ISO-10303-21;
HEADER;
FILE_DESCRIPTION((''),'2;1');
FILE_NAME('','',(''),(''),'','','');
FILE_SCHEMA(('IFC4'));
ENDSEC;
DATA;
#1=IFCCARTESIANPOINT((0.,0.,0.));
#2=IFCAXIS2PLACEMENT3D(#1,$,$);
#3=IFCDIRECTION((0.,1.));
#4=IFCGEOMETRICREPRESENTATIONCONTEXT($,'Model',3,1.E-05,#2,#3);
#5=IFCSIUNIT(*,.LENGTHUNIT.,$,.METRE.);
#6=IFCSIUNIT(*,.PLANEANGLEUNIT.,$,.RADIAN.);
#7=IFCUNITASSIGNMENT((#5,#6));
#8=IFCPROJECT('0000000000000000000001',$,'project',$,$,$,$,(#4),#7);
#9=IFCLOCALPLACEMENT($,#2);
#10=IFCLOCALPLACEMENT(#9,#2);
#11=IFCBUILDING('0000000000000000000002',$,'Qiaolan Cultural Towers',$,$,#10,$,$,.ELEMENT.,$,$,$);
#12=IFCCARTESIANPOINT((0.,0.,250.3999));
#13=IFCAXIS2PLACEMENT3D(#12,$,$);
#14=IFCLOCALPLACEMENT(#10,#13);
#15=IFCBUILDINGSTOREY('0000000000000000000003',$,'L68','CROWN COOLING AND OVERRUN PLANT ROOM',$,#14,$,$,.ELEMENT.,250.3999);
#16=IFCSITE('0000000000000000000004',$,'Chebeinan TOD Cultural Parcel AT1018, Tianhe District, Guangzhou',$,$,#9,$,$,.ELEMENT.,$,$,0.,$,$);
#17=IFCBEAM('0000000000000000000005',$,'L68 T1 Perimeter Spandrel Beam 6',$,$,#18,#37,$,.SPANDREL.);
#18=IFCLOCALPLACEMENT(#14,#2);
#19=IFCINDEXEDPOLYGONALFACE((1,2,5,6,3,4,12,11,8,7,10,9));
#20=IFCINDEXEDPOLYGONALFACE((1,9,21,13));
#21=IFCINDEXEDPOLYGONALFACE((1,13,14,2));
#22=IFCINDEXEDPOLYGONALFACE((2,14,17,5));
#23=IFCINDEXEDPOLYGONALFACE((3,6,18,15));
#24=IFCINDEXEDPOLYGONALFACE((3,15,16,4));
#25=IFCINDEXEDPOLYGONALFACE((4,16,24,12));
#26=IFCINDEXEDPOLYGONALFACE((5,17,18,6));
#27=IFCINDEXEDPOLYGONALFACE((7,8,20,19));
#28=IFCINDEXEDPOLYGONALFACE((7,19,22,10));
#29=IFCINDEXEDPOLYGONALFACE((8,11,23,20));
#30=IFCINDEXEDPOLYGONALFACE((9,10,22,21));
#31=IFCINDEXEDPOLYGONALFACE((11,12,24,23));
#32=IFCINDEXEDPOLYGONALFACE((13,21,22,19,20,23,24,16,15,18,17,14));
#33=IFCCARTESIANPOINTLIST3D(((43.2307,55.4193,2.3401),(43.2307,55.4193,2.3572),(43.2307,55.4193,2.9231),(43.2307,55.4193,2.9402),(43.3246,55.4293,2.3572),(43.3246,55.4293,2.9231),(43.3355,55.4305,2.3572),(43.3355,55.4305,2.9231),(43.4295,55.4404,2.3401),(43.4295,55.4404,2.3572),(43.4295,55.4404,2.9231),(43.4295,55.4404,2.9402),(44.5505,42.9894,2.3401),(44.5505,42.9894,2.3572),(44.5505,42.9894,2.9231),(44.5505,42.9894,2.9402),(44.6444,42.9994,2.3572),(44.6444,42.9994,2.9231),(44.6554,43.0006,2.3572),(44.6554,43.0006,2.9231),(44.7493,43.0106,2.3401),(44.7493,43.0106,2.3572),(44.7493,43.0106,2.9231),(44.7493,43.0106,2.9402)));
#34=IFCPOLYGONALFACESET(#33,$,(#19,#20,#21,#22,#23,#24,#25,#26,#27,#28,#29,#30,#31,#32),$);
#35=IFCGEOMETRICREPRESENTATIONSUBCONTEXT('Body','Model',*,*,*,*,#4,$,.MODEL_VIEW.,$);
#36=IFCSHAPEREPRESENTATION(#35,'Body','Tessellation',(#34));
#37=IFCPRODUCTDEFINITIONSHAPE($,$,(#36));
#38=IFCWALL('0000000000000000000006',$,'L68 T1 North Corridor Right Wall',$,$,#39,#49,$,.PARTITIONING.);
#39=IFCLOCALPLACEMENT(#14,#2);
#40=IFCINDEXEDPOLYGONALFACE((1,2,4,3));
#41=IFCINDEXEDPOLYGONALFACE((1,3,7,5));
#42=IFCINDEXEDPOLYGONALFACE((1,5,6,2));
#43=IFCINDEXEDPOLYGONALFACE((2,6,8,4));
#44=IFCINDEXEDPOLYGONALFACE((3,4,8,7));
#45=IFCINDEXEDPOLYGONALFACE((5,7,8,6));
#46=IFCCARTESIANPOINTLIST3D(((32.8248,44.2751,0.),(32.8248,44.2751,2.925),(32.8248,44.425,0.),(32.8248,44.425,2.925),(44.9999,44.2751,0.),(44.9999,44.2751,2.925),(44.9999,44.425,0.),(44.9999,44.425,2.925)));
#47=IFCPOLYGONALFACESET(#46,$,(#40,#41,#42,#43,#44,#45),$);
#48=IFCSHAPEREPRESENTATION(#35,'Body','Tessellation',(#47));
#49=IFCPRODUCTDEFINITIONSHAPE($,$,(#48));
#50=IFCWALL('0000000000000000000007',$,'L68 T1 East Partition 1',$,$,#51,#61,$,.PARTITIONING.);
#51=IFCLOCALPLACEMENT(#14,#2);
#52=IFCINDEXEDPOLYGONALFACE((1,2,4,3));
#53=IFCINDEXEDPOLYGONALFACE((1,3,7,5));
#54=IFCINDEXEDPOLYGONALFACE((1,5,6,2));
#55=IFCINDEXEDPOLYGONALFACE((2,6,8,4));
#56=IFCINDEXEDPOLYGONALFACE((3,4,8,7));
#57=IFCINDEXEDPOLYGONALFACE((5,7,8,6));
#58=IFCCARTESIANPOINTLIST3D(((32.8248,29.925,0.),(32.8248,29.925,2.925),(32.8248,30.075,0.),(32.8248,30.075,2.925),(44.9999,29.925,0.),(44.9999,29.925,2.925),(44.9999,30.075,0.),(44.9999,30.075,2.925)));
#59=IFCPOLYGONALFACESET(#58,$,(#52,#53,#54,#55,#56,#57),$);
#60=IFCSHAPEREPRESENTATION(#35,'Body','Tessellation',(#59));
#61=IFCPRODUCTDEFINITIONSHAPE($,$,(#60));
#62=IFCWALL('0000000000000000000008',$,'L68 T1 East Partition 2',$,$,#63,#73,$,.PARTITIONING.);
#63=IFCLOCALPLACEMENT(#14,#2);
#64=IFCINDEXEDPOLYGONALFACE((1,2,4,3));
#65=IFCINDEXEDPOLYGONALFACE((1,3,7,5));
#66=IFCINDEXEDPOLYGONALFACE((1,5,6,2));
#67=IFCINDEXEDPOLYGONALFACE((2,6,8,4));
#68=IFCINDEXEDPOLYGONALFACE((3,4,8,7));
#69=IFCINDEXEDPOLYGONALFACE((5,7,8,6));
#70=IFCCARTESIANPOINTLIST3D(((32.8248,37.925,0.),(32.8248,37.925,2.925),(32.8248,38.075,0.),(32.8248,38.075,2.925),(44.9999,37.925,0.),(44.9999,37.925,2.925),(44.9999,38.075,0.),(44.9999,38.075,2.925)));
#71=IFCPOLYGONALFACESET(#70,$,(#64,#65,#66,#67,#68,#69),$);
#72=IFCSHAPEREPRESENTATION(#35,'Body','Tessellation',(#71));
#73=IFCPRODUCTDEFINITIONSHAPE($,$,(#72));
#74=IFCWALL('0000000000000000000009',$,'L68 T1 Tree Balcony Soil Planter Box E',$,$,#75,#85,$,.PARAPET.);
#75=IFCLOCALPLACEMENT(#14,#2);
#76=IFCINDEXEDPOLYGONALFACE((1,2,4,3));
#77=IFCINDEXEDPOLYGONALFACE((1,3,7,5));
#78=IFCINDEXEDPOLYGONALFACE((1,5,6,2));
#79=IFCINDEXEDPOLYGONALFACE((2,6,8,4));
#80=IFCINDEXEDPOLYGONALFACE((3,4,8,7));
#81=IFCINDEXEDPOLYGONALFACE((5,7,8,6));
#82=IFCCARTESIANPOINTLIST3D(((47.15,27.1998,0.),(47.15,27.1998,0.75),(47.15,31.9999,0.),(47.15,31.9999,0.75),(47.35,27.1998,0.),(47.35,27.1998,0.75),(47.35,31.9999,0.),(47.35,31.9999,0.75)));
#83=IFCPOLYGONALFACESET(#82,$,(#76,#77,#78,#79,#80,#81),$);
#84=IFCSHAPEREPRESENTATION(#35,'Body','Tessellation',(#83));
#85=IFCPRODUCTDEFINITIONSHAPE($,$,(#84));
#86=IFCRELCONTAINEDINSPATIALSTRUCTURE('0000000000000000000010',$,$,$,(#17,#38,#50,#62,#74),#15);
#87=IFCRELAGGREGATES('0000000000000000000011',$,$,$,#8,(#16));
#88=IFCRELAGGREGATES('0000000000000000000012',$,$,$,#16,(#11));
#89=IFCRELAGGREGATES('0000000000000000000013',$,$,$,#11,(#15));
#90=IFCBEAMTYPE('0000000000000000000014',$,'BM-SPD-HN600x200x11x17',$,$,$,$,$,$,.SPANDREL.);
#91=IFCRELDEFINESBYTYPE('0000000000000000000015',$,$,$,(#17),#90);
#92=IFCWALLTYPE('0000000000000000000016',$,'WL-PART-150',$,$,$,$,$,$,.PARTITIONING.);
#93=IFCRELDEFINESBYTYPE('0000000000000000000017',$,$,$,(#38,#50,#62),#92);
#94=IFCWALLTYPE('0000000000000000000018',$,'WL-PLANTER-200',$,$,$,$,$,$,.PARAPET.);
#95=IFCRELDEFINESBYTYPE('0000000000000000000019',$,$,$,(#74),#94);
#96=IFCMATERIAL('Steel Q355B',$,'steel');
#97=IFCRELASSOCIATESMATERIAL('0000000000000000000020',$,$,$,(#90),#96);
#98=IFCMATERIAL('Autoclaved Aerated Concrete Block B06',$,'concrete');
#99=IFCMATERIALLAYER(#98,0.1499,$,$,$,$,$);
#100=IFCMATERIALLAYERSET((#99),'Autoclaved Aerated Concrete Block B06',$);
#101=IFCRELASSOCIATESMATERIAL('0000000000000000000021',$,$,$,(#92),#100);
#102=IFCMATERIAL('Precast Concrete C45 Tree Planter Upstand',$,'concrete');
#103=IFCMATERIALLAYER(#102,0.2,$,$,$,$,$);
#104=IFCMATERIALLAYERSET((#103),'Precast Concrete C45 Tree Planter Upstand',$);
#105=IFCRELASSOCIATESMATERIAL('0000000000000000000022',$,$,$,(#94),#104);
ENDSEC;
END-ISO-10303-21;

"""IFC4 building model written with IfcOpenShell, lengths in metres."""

from ifc_helpers import new_model, si_unit, direction, frame, frame_2d, origin, origin_2d, place, context, subcontext, project, spatial, rectangle, i_section, extrude, material, layer, layer_set, material_profile, profile_set, type_object, element, save


model = new_model("IFC4")

# Units and contexts
model_context = context("Model", 3, precision=1e-05, world=origin(), true_north=direction((0.0, 1.0)))
body_context = subcontext(model_context, "Body", "Model", "MODEL_VIEW")
ifc_project = project(units=[si_unit("LENGTHUNIT", "METRE"), si_unit("PLANEANGLEUNIT", "RADIAN")], contexts=[model_context])

# Site, building, storey
site_placement = place(None, origin())
site = spatial("IfcSite", under=ifc_project, at=site_placement, Name="Chebeinan TOD Cultural Parcel AT1018, Tianhe District, Guangzhou", CompositionType="ELEMENT", RefElevation=0.0)
building_placement = place(site_placement, origin())
building = spatial("IfcBuilding", under=site, at=building_placement, Name="Qiaolan Cultural Towers", CompositionType="ELEMENT")
storey_placement = place(building_placement, frame((0.0, 0.0, 250.3999)))
storey = spatial("IfcBuildingStorey", under=building, at=storey_placement, Name="L68", Description="CROWN COOLING AND OVERRUN PLANT ROOM", CompositionType="ELEMENT", Elevation=250.3999)

# Beam
ifc_material_1 = material(Name="Steel Q355B", Category="steel")
ifc_material_profile_1 = material_profile(ifc_material_1, i_section(OverallWidth=0.2, OverallDepth=0.6001, WebThickness=0.011, FlangeThickness=0.0171, at=origin_2d()), Name="HN600x200x11x17")
ifc_profile_set_1 = profile_set([ifc_material_profile_1], Name="Steel Q355B")
beam_type_1 = type_object("IfcBeamType", Name="BM-SPD-HN600x200x11x17", PredefinedType="SPANDREL", material=ifc_profile_set_1)
beam_1_placement = place(storey_placement, frame((44.6499, 43.0, 2.6401), z_axis=(-0.105588, 0.99441, 0.0), x_axis=(-0.99441, -0.105588, 0.0)))
element("IfcBeam", 1, at=beam_1_placement, inside=storey, type_object=beam_type_1, Name="L68 T1 Perimeter Spandrel Beam 6", PredefinedType="SPANDREL", context=body_context, shape_type="SweptSolid", body=[
    extrude(i_section(OverallWidth=0.2, OverallDepth=0.6001, WebThickness=0.011, FlangeThickness=0.0171, at=origin_2d()), origin(), (0.0, 0.0, 1.0), 12.4998),
])

# Walls
ifc_material_2 = material(Name="Autoclaved Aerated Concrete Block B06", Category="concrete")
ifc_layer_1 = layer(ifc_material_2, 0.1499)
ifc_layer_set_1 = layer_set([ifc_layer_1], Name="Autoclaved Aerated Concrete Block B06")
wall_type_1 = type_object("IfcWallType", Name="WL-PART-150", PredefinedType="PARTITIONING", material=ifc_layer_set_1)
for number, where, z_axis, x_axis, name in (
    (2, (32.825, 44.3501, 0.0), (0.0, 0.0, 1.0), (1.0, 0.0, 0.0), "L68 T1 North Corridor Right Wall"),
    (3, (32.825, 30.0, 0.0), (0.0, 0.0, 1.0), (1.0, 0.0, 0.0), "L68 T1 East Partition 1"),
    (4, (32.825, 38.0, 0.0), (0.0, 0.0, 1.0), (1.0, 0.0, 0.0), "L68 T1 East Partition 2"),
):
    element("IfcWall", number, at=place(storey_placement, frame(where, z_axis=z_axis, x_axis=x_axis)), inside=storey, type_object=wall_type_1, Name=name, PredefinedType="PARTITIONING", context=body_context, shape_type="SweptSolid", body=[
        extrude(rectangle(XDim=12.175, YDim=0.1499, at=frame_2d((6.0874, 0.0))), origin(), (0.0, 0.0, 1.0), 2.925),
    ])
ifc_material_3 = material(Name="Precast Concrete C45 Tree Planter Upstand", Category="concrete")
ifc_layer_2 = layer(ifc_material_3, 0.2)
ifc_layer_set_2 = layer_set([ifc_layer_2], Name="Precast Concrete C45 Tree Planter Upstand")
wall_type_2 = type_object("IfcWallType", Name="WL-PLANTER-200", PredefinedType="PARAPET", material=ifc_layer_set_2)
wall_placement = place(storey_placement, frame((47.25, 27.2, 0.0), z_axis=(0.0, 0.0, 1.0), x_axis=(0.0, 1.0, 0.0)))
element("IfcWall", 5, at=wall_placement, inside=storey, type_object=wall_type_2, Name="L68 T1 Tree Balcony Soil Planter Box E", PredefinedType="PARAPET", context=body_context, shape_type="SweptSolid", body=[
    extrude(rectangle(XDim=4.8, YDim=0.2, at=frame_2d((2.3999, 0.0))), origin(), (0.0, 0.0, 1.0), 0.75),
])

save(model, "model.ifc")
